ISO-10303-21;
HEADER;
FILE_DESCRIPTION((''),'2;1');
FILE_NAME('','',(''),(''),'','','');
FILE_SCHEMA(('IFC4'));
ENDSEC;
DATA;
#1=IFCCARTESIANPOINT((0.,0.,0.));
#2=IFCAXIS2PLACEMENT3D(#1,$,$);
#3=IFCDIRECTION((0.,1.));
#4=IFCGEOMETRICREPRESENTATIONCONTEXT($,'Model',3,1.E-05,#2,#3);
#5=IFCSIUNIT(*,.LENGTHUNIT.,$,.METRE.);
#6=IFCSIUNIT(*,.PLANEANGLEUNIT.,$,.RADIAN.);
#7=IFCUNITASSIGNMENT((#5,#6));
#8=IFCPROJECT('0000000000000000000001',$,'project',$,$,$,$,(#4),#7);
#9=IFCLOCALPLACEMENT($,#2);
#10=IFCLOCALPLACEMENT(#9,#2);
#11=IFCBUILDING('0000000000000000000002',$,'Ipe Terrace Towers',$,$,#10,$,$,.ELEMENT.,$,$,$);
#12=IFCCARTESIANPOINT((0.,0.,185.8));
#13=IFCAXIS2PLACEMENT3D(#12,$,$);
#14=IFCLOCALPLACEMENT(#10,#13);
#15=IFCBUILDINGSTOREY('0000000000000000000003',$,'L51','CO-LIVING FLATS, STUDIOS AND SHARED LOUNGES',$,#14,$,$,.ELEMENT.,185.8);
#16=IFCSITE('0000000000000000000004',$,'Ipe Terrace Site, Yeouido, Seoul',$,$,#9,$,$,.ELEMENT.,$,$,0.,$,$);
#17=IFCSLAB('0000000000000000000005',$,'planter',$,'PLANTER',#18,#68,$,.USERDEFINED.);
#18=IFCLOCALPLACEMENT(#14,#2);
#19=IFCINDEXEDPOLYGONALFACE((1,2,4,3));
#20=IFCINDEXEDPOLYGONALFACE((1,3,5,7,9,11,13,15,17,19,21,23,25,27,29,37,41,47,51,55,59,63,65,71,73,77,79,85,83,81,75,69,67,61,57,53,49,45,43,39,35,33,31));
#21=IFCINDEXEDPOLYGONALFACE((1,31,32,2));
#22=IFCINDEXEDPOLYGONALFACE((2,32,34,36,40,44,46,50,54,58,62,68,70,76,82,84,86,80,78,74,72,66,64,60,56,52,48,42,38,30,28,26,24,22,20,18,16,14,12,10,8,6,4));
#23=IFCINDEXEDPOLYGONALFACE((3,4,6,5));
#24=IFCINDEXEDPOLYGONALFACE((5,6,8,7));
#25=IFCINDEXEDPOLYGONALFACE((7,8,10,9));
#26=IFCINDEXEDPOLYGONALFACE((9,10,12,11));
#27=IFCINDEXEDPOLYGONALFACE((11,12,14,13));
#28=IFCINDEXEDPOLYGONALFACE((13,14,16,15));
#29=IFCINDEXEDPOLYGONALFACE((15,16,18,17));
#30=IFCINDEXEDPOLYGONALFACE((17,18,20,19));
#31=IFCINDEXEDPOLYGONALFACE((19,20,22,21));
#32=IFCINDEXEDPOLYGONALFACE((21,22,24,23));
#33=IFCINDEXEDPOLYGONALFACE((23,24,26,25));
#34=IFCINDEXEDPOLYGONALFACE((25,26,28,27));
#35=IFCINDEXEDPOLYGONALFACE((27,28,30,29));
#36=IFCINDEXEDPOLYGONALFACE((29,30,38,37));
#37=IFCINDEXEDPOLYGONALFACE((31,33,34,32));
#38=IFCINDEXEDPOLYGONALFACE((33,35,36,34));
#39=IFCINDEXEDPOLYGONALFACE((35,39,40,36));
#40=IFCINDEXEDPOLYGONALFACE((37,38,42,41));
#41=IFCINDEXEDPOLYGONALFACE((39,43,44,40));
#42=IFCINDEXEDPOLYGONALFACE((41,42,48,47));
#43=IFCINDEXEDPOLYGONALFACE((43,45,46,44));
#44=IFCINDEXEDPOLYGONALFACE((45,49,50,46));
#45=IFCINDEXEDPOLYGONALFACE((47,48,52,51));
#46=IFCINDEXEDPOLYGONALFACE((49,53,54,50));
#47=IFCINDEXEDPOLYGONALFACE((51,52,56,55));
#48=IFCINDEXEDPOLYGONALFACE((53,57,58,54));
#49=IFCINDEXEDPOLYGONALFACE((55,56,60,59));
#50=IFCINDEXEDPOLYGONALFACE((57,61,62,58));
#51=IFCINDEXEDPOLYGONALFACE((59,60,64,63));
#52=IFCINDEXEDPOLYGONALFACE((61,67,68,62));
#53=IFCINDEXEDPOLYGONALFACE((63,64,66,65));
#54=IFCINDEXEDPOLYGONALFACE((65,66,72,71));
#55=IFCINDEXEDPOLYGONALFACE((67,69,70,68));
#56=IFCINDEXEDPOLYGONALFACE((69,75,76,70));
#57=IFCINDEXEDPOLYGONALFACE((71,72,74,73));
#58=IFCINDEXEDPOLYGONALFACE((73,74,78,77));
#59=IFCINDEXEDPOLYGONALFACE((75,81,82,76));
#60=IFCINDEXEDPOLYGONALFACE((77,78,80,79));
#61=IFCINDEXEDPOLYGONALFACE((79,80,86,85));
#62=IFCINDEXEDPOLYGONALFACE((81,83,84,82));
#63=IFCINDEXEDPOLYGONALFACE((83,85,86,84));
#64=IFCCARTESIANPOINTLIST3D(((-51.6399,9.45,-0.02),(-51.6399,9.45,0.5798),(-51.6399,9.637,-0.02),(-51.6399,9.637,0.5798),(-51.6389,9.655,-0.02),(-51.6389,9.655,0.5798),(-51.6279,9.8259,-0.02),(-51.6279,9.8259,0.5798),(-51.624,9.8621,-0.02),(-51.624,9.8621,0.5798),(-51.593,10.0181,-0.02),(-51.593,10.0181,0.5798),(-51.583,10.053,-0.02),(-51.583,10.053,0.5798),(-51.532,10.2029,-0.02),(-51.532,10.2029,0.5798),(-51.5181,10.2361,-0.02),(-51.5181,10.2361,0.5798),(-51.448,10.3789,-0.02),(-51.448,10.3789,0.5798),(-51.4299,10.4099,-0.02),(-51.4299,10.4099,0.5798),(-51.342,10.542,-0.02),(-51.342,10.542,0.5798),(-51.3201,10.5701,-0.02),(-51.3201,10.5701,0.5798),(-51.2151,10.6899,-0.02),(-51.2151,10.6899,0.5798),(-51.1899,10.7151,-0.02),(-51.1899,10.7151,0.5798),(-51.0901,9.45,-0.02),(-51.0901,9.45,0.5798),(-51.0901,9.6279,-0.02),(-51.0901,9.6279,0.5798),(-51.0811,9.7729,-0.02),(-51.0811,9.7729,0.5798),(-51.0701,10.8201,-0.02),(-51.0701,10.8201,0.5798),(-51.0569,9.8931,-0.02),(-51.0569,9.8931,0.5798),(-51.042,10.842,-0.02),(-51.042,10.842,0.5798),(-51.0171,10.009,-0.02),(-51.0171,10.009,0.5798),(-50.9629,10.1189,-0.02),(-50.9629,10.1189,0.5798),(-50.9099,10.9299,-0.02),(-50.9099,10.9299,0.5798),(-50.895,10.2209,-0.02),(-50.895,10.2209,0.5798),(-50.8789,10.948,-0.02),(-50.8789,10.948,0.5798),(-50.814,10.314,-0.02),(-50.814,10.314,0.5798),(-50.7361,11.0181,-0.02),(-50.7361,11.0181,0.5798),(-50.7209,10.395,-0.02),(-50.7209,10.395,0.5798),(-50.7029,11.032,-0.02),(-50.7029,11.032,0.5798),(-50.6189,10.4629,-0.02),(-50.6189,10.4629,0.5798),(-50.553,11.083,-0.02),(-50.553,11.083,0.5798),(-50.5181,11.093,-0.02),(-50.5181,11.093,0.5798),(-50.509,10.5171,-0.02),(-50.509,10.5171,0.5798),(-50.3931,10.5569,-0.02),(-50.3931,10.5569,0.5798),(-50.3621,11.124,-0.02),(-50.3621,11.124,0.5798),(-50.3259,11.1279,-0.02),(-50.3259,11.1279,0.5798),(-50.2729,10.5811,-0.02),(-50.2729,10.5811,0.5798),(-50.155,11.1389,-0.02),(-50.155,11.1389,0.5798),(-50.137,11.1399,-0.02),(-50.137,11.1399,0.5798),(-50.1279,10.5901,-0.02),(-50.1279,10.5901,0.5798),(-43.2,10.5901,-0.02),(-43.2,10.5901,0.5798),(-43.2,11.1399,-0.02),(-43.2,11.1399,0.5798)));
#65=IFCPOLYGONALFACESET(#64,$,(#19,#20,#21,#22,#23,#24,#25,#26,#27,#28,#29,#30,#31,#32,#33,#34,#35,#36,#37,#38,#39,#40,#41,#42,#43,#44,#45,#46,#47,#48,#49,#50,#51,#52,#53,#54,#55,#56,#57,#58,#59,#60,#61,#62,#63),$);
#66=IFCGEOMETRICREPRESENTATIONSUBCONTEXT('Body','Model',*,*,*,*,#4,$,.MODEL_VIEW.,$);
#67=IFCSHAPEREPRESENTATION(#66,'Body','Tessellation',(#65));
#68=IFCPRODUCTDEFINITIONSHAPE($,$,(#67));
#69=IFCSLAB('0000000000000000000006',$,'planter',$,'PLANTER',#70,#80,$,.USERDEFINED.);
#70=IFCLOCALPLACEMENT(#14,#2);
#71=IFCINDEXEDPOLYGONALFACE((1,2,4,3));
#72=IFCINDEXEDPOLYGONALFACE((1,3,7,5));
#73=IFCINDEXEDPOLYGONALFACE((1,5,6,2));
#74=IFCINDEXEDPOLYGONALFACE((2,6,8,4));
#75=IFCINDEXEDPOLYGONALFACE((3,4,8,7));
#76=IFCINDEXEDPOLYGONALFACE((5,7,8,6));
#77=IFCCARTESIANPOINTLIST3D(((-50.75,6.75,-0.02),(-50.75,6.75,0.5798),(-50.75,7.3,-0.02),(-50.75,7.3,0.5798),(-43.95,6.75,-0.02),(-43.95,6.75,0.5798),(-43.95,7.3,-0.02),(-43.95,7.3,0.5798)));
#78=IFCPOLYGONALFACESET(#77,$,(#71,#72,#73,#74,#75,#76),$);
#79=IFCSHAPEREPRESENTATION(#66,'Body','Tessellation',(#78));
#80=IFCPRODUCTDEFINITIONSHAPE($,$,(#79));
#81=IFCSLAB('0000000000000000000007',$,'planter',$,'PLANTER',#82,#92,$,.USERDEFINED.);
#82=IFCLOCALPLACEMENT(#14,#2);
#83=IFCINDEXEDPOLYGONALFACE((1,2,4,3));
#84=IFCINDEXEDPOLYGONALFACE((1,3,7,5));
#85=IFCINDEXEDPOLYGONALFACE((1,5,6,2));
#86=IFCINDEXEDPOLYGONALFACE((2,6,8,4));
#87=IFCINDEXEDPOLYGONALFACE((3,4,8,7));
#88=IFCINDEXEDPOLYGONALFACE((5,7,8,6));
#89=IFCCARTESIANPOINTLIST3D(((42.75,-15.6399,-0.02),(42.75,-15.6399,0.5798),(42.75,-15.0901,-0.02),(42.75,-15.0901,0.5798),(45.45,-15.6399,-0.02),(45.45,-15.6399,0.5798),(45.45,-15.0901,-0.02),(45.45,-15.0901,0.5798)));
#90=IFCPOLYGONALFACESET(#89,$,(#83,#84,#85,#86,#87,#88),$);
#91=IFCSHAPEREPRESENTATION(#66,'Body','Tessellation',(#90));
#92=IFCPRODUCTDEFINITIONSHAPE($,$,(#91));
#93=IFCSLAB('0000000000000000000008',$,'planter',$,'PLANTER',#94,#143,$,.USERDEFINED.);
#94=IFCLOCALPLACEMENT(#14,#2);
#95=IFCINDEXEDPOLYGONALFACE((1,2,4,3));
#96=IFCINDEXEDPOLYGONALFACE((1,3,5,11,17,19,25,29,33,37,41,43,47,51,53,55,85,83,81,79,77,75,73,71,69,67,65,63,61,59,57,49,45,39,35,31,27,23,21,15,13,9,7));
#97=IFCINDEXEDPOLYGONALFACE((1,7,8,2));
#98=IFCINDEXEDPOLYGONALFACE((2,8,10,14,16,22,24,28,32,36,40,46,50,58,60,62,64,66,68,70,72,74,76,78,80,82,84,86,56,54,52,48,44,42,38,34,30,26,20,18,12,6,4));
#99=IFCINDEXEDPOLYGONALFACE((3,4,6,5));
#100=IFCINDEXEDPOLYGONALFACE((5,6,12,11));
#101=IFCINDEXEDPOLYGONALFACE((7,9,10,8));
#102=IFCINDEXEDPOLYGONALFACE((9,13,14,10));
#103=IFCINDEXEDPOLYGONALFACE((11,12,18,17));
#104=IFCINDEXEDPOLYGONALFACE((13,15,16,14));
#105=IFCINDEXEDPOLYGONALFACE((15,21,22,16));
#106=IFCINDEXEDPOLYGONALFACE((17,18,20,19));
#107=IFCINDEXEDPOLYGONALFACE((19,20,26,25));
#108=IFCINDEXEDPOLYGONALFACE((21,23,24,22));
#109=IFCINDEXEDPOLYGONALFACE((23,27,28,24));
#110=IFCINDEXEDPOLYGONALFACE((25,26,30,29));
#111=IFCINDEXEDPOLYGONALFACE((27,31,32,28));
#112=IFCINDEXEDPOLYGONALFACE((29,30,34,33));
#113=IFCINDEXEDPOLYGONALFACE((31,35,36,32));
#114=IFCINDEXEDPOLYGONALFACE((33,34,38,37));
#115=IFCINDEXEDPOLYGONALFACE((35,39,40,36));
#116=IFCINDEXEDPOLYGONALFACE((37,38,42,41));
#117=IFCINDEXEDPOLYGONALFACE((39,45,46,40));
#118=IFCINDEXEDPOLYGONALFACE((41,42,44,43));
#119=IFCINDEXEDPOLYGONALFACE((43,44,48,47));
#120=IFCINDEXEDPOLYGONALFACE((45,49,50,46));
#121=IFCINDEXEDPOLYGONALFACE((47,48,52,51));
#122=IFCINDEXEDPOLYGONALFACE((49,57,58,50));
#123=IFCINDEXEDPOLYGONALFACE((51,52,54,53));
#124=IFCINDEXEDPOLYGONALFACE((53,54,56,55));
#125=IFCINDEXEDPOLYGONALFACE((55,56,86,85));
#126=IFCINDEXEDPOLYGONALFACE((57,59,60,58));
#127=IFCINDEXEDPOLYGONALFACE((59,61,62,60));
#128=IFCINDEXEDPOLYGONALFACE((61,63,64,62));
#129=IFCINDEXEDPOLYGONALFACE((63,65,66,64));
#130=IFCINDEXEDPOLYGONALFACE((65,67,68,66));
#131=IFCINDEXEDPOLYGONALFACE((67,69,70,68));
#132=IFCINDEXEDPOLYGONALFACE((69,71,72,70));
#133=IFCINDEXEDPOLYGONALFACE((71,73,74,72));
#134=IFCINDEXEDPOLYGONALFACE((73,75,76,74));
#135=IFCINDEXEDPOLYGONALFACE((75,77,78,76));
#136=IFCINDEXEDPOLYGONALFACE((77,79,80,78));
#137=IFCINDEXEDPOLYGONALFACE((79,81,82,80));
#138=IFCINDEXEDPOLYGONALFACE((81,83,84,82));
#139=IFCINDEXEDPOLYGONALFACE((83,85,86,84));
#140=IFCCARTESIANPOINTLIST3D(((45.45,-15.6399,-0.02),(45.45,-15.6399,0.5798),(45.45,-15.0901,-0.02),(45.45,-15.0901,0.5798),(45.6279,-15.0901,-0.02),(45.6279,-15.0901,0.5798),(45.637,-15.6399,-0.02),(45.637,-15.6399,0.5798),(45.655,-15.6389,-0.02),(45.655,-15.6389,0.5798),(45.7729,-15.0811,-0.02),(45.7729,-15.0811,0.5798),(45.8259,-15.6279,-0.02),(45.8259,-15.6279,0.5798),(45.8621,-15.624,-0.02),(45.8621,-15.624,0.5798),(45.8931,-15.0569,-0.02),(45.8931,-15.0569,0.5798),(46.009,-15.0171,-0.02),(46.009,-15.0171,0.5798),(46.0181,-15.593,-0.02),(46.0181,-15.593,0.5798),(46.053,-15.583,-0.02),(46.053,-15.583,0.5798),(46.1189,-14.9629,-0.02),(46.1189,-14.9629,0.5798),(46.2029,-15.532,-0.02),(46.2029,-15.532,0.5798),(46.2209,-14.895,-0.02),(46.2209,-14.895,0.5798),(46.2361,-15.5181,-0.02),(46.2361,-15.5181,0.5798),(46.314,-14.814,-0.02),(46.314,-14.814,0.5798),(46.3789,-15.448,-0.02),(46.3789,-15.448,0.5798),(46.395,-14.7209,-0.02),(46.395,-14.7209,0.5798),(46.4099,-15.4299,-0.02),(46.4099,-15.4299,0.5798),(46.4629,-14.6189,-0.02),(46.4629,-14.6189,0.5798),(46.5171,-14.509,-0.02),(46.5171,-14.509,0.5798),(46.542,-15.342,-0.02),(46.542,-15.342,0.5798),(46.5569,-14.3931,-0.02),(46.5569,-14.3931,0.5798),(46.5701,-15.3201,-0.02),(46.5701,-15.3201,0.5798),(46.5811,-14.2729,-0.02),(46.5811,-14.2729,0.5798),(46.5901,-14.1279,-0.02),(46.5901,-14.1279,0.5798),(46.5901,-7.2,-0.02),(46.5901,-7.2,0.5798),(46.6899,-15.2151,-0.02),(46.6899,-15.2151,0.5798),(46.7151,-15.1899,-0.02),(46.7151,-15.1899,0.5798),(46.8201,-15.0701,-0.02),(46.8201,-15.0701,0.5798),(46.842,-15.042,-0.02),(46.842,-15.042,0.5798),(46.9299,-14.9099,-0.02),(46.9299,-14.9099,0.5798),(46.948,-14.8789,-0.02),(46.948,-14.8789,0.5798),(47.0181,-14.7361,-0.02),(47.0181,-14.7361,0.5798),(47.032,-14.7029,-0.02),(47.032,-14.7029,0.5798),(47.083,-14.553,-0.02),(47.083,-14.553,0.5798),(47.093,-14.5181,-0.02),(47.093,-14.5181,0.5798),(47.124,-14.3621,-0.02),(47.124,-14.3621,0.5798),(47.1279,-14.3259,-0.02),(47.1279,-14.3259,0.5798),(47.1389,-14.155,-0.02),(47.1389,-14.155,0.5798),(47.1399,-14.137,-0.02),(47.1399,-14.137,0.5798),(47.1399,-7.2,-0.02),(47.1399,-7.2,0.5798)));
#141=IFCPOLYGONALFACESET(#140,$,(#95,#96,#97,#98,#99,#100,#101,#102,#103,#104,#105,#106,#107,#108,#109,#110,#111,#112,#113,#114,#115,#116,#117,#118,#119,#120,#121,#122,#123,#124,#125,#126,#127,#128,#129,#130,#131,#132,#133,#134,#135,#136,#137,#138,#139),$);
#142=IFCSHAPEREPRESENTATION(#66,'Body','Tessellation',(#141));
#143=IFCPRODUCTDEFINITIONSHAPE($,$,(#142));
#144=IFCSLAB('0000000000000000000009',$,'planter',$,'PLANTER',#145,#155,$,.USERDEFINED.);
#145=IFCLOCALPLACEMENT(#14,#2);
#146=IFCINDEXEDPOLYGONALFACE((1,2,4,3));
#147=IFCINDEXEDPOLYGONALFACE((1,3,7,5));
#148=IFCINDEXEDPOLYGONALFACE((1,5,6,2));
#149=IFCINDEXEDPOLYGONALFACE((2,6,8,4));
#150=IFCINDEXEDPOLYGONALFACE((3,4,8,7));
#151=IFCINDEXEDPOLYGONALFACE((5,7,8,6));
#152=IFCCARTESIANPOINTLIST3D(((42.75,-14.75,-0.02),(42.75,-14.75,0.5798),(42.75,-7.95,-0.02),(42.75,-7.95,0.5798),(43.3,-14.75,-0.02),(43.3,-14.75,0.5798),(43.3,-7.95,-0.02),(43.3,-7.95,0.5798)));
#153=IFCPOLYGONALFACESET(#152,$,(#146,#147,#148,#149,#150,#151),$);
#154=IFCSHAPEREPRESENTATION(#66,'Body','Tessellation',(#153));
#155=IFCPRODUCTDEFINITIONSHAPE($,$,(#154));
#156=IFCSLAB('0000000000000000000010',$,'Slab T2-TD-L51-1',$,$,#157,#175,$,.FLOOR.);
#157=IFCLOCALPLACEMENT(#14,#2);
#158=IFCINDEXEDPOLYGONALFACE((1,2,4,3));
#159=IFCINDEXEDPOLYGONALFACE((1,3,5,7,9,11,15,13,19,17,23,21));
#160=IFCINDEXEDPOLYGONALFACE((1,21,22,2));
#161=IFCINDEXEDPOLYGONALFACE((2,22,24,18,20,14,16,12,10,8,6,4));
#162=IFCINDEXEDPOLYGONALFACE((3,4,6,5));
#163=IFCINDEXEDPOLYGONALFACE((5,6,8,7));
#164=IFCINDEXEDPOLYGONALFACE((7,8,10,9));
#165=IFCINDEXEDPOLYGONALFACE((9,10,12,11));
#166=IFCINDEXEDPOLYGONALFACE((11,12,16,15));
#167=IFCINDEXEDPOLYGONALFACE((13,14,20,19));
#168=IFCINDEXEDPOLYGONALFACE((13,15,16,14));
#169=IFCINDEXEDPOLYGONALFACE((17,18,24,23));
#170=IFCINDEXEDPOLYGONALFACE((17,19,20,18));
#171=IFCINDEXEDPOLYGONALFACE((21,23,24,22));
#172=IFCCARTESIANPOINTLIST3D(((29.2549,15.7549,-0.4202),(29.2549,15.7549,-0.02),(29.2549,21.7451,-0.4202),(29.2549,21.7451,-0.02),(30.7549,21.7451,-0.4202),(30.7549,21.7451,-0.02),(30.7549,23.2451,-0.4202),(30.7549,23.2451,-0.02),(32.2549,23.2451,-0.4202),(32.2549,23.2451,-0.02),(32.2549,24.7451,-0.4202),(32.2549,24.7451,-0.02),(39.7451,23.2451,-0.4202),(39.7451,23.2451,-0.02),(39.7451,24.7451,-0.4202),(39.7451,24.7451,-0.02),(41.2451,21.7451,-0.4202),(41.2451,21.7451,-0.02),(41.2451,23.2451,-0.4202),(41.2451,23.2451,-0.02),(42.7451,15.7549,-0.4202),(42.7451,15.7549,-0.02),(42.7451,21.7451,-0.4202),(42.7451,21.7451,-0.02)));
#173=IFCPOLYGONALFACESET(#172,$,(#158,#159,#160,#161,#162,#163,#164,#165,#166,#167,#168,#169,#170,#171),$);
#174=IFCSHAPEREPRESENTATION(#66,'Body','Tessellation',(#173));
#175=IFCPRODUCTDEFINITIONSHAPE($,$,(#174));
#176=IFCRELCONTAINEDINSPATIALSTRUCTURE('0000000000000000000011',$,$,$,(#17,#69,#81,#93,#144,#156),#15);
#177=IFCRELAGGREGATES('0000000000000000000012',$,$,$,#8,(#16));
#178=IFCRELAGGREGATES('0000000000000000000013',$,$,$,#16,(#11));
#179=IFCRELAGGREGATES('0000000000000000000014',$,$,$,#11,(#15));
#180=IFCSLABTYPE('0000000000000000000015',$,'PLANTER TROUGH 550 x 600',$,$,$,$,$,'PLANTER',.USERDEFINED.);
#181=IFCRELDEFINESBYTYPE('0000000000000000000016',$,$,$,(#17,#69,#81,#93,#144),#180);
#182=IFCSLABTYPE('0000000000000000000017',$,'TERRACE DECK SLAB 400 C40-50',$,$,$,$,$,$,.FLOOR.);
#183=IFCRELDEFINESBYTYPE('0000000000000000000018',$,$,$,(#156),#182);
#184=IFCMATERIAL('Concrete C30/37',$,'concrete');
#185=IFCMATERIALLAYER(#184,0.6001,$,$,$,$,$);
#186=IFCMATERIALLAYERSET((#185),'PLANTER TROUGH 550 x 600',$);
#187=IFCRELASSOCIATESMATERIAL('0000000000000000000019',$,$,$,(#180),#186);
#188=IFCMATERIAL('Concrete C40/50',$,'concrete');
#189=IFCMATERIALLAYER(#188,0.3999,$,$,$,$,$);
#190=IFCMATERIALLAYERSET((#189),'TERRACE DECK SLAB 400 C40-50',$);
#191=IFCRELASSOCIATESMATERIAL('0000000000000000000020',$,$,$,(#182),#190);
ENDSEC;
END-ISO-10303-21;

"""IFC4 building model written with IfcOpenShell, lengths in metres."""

from ifc_helpers import new_model, si_unit, direction, frame, origin, place, context, subcontext, project, spatial, polyline, outline, extrude, material, layer, layer_set, type_object, element, save


model = new_model("IFC4")

# Units and contexts
model_context = context("Model", 3, precision=1e-05, world=origin(), true_north=direction((0.0, 1.0)))
body_context = subcontext(model_context, "Body", "Model", "MODEL_VIEW")
ifc_project = project(units=[si_unit("LENGTHUNIT", "METRE"), si_unit("PLANEANGLEUNIT", "RADIAN")], contexts=[model_context])

# Site, building, storey
site_placement = place(None, origin())
site = spatial("IfcSite", under=ifc_project, at=site_placement, Name="Ipe Terrace Site, Yeouido, Seoul", CompositionType="ELEMENT", RefElevation=0.0)
building_placement = place(site_placement, origin())
building = spatial("IfcBuilding", under=site, at=building_placement, Name="Ipe Terrace Towers", CompositionType="ELEMENT")
storey_placement = place(building_placement, frame((0.0, 0.0, 185.8)))
storey = spatial("IfcBuildingStorey", under=building, at=storey_placement, Name="L51", Description="CO-LIVING FLATS, STUDIOS AND SHARED LOUNGES", CompositionType="ELEMENT", Elevation=185.8)

# Slabs
ifc_material_1 = material(Name="Concrete C30/37", Category="concrete")
ifc_layer_1 = layer(ifc_material_1, 0.6001)
ifc_layer_set_1 = layer_set([ifc_layer_1], Name="PLANTER TROUGH 550 x 600")
slab_type_1 = type_object("IfcSlabType", Name="PLANTER TROUGH 550 x 600", ElementType="PLANTER", PredefinedType="USERDEFINED", material=ifc_layer_set_1)
slab_1_placement = place(storey_placement, frame((0.0, 0.0, -0.02)))
element("IfcSlab", 1, at=slab_1_placement, inside=storey, type_object=slab_type_1, Name="planter", ObjectType="PLANTER", PredefinedType="USERDEFINED", context=body_context, shape_type="SweptSolid", body=[
    extrude(outline(polyline([(-51.0569, 9.8931), (-51.0171, 10.009), (-50.9629, 10.1189), (-50.895, 10.2209), (-50.814, 10.314), (-50.7209, 10.395), (-50.6189, 10.4629), (-50.509, 10.5171), (-50.3931, 10.5569), (-50.2729, 10.5811), (-50.1279, 10.5901), (-43.2, 10.5901), (-43.2, 11.1399), (-50.137, 11.1399), (-50.155, 11.1389), (-50.3259, 11.1279), (-50.3621, 11.124), (-50.5181, 11.093), (-50.553, 11.083), (-50.7029, 11.032), (-50.7361, 11.0181), (-50.8789, 10.948), (-50.9099, 10.9299), (-51.042, 10.842), (-51.0701, 10.8201), (-51.1899, 10.7151), (-51.2151, 10.6899), (-51.3201, 10.5701), (-51.342, 10.542), (-51.4299, 10.4099), (-51.448, 10.3789), (-51.5181, 10.2361), (-51.532, 10.2029), (-51.583, 10.053), (-51.593, 10.0181), (-51.624, 9.8621), (-51.6279, 9.8259), (-51.6389, 9.655), (-51.6399, 9.637), (-51.6399, 9.45), (-51.0901, 9.45), (-51.0901, 9.6279), (-51.0811, 9.7729), (-51.0569, 9.8931)])), origin(), (0.0, 0.0, 1.0), 0.5999),
])
slab_2_placement = place(storey_placement, frame((0.0, 0.0, -0.02)))
element("IfcSlab", 2, at=slab_2_placement, inside=storey, type_object=slab_type_1, Name="planter", ObjectType="PLANTER", PredefinedType="USERDEFINED", context=body_context, shape_type="SweptSolid", body=[
    extrude(outline(polyline([(-43.95, 6.75), (-43.95, 7.3), (-50.75, 7.3), (-50.75, 6.75), (-43.95, 6.75)])), origin(), (0.0, 0.0, 1.0), 0.5999),
])
slab_3_placement = place(storey_placement, frame((0.0, 0.0, -0.02)))
element("IfcSlab", 3, at=slab_3_placement, inside=storey, type_object=slab_type_1, Name="planter", ObjectType="PLANTER", PredefinedType="USERDEFINED", context=body_context, shape_type="SweptSolid", body=[
    extrude(outline(polyline([(42.75, -15.6399), (45.45, -15.6399), (45.45, -15.0901), (42.75, -15.0901), (42.75, -15.6399)])), origin(), (0.0, 0.0, 1.0), 0.5999),
])
slab_4_placement = place(storey_placement, frame((0.0, 0.0, -0.02)))
element("IfcSlab", 4, at=slab_4_placement, inside=storey, type_object=slab_type_1, Name="planter", ObjectType="PLANTER", PredefinedType="USERDEFINED", context=body_context, shape_type="SweptSolid", body=[
    extrude(outline(polyline([(45.8931, -15.0569), (45.7729, -15.0811), (45.6279, -15.0901), (45.45, -15.0901), (45.45, -15.6399), (45.637, -15.6399), (45.655, -15.6389), (45.8259, -15.6279), (45.8621, -15.624), (46.0181, -15.593), (46.053, -15.583), (46.2029, -15.532), (46.2361, -15.5181), (46.3789, -15.448), (46.4099, -15.4299), (46.542, -15.342), (46.5701, -15.3201), (46.6899, -15.2151), (46.7151, -15.1899), (46.8201, -15.0701), (46.842, -15.042), (46.9299, -14.9099), (46.948, -14.8789), (47.0181, -14.7361), (47.032, -14.7029), (47.083, -14.553), (47.093, -14.5181), (47.124, -14.3621), (47.1279, -14.3259), (47.1389, -14.155), (47.1399, -14.137), (47.1399, -7.2), (46.5901, -7.2), (46.5901, -14.1279), (46.5811, -14.2729), (46.5569, -14.3931), (46.5171, -14.509), (46.4629, -14.6189), (46.395, -14.7209), (46.314, -14.814), (46.2209, -14.895), (46.1189, -14.9629), (46.009, -15.0171), (45.8931, -15.0569)])), origin(), (0.0, 0.0, 1.0), 0.5999),
])
slab_5_placement = place(storey_placement, frame((0.0, 0.0, -0.02)))
element("IfcSlab", 5, at=slab_5_placement, inside=storey, type_object=slab_type_1, Name="planter", ObjectType="PLANTER", PredefinedType="USERDEFINED", context=body_context, shape_type="SweptSolid", body=[
    extrude(outline(polyline([(42.75, -7.95), (42.75, -14.75), (43.3, -14.75), (43.3, -7.95), (42.75, -7.95)])), origin(), (0.0, 0.0, 1.0), 0.5999),
])
ifc_material_2 = material(Name="Concrete C40/50", Category="concrete")
ifc_layer_2 = layer(ifc_material_2, 0.3999)
ifc_layer_set_2 = layer_set([ifc_layer_2], Name="TERRACE DECK SLAB 400 C40-50")
slab_type_2 = type_object("IfcSlabType", Name="TERRACE DECK SLAB 400 C40-50", PredefinedType="FLOOR", material=ifc_layer_set_2)
slab_6_placement = place(storey_placement, frame((0.0, 0.0, -0.4202)))
element("IfcSlab", 6, at=slab_6_placement, inside=storey, type_object=slab_type_2, Name="Slab T2-TD-L51-1", PredefinedType="FLOOR", context=body_context, shape_type="SweptSolid", body=[
    extrude(outline(polyline([(29.2549, 15.7549), (29.2549, 21.7451), (30.7549, 21.7451), (30.7549, 23.2451), (32.2549, 23.2451), (32.2549, 24.7451), (39.7451, 24.7451), (39.7451, 23.2451), (41.2451, 23.2451), (41.2451, 21.7451), (42.7451, 21.7451), (42.7451, 15.7549), (29.2549, 15.7549)])), origin(), (0.0, 0.0, 1.0), 0.4001),
])

save(model, "model.ifc")
